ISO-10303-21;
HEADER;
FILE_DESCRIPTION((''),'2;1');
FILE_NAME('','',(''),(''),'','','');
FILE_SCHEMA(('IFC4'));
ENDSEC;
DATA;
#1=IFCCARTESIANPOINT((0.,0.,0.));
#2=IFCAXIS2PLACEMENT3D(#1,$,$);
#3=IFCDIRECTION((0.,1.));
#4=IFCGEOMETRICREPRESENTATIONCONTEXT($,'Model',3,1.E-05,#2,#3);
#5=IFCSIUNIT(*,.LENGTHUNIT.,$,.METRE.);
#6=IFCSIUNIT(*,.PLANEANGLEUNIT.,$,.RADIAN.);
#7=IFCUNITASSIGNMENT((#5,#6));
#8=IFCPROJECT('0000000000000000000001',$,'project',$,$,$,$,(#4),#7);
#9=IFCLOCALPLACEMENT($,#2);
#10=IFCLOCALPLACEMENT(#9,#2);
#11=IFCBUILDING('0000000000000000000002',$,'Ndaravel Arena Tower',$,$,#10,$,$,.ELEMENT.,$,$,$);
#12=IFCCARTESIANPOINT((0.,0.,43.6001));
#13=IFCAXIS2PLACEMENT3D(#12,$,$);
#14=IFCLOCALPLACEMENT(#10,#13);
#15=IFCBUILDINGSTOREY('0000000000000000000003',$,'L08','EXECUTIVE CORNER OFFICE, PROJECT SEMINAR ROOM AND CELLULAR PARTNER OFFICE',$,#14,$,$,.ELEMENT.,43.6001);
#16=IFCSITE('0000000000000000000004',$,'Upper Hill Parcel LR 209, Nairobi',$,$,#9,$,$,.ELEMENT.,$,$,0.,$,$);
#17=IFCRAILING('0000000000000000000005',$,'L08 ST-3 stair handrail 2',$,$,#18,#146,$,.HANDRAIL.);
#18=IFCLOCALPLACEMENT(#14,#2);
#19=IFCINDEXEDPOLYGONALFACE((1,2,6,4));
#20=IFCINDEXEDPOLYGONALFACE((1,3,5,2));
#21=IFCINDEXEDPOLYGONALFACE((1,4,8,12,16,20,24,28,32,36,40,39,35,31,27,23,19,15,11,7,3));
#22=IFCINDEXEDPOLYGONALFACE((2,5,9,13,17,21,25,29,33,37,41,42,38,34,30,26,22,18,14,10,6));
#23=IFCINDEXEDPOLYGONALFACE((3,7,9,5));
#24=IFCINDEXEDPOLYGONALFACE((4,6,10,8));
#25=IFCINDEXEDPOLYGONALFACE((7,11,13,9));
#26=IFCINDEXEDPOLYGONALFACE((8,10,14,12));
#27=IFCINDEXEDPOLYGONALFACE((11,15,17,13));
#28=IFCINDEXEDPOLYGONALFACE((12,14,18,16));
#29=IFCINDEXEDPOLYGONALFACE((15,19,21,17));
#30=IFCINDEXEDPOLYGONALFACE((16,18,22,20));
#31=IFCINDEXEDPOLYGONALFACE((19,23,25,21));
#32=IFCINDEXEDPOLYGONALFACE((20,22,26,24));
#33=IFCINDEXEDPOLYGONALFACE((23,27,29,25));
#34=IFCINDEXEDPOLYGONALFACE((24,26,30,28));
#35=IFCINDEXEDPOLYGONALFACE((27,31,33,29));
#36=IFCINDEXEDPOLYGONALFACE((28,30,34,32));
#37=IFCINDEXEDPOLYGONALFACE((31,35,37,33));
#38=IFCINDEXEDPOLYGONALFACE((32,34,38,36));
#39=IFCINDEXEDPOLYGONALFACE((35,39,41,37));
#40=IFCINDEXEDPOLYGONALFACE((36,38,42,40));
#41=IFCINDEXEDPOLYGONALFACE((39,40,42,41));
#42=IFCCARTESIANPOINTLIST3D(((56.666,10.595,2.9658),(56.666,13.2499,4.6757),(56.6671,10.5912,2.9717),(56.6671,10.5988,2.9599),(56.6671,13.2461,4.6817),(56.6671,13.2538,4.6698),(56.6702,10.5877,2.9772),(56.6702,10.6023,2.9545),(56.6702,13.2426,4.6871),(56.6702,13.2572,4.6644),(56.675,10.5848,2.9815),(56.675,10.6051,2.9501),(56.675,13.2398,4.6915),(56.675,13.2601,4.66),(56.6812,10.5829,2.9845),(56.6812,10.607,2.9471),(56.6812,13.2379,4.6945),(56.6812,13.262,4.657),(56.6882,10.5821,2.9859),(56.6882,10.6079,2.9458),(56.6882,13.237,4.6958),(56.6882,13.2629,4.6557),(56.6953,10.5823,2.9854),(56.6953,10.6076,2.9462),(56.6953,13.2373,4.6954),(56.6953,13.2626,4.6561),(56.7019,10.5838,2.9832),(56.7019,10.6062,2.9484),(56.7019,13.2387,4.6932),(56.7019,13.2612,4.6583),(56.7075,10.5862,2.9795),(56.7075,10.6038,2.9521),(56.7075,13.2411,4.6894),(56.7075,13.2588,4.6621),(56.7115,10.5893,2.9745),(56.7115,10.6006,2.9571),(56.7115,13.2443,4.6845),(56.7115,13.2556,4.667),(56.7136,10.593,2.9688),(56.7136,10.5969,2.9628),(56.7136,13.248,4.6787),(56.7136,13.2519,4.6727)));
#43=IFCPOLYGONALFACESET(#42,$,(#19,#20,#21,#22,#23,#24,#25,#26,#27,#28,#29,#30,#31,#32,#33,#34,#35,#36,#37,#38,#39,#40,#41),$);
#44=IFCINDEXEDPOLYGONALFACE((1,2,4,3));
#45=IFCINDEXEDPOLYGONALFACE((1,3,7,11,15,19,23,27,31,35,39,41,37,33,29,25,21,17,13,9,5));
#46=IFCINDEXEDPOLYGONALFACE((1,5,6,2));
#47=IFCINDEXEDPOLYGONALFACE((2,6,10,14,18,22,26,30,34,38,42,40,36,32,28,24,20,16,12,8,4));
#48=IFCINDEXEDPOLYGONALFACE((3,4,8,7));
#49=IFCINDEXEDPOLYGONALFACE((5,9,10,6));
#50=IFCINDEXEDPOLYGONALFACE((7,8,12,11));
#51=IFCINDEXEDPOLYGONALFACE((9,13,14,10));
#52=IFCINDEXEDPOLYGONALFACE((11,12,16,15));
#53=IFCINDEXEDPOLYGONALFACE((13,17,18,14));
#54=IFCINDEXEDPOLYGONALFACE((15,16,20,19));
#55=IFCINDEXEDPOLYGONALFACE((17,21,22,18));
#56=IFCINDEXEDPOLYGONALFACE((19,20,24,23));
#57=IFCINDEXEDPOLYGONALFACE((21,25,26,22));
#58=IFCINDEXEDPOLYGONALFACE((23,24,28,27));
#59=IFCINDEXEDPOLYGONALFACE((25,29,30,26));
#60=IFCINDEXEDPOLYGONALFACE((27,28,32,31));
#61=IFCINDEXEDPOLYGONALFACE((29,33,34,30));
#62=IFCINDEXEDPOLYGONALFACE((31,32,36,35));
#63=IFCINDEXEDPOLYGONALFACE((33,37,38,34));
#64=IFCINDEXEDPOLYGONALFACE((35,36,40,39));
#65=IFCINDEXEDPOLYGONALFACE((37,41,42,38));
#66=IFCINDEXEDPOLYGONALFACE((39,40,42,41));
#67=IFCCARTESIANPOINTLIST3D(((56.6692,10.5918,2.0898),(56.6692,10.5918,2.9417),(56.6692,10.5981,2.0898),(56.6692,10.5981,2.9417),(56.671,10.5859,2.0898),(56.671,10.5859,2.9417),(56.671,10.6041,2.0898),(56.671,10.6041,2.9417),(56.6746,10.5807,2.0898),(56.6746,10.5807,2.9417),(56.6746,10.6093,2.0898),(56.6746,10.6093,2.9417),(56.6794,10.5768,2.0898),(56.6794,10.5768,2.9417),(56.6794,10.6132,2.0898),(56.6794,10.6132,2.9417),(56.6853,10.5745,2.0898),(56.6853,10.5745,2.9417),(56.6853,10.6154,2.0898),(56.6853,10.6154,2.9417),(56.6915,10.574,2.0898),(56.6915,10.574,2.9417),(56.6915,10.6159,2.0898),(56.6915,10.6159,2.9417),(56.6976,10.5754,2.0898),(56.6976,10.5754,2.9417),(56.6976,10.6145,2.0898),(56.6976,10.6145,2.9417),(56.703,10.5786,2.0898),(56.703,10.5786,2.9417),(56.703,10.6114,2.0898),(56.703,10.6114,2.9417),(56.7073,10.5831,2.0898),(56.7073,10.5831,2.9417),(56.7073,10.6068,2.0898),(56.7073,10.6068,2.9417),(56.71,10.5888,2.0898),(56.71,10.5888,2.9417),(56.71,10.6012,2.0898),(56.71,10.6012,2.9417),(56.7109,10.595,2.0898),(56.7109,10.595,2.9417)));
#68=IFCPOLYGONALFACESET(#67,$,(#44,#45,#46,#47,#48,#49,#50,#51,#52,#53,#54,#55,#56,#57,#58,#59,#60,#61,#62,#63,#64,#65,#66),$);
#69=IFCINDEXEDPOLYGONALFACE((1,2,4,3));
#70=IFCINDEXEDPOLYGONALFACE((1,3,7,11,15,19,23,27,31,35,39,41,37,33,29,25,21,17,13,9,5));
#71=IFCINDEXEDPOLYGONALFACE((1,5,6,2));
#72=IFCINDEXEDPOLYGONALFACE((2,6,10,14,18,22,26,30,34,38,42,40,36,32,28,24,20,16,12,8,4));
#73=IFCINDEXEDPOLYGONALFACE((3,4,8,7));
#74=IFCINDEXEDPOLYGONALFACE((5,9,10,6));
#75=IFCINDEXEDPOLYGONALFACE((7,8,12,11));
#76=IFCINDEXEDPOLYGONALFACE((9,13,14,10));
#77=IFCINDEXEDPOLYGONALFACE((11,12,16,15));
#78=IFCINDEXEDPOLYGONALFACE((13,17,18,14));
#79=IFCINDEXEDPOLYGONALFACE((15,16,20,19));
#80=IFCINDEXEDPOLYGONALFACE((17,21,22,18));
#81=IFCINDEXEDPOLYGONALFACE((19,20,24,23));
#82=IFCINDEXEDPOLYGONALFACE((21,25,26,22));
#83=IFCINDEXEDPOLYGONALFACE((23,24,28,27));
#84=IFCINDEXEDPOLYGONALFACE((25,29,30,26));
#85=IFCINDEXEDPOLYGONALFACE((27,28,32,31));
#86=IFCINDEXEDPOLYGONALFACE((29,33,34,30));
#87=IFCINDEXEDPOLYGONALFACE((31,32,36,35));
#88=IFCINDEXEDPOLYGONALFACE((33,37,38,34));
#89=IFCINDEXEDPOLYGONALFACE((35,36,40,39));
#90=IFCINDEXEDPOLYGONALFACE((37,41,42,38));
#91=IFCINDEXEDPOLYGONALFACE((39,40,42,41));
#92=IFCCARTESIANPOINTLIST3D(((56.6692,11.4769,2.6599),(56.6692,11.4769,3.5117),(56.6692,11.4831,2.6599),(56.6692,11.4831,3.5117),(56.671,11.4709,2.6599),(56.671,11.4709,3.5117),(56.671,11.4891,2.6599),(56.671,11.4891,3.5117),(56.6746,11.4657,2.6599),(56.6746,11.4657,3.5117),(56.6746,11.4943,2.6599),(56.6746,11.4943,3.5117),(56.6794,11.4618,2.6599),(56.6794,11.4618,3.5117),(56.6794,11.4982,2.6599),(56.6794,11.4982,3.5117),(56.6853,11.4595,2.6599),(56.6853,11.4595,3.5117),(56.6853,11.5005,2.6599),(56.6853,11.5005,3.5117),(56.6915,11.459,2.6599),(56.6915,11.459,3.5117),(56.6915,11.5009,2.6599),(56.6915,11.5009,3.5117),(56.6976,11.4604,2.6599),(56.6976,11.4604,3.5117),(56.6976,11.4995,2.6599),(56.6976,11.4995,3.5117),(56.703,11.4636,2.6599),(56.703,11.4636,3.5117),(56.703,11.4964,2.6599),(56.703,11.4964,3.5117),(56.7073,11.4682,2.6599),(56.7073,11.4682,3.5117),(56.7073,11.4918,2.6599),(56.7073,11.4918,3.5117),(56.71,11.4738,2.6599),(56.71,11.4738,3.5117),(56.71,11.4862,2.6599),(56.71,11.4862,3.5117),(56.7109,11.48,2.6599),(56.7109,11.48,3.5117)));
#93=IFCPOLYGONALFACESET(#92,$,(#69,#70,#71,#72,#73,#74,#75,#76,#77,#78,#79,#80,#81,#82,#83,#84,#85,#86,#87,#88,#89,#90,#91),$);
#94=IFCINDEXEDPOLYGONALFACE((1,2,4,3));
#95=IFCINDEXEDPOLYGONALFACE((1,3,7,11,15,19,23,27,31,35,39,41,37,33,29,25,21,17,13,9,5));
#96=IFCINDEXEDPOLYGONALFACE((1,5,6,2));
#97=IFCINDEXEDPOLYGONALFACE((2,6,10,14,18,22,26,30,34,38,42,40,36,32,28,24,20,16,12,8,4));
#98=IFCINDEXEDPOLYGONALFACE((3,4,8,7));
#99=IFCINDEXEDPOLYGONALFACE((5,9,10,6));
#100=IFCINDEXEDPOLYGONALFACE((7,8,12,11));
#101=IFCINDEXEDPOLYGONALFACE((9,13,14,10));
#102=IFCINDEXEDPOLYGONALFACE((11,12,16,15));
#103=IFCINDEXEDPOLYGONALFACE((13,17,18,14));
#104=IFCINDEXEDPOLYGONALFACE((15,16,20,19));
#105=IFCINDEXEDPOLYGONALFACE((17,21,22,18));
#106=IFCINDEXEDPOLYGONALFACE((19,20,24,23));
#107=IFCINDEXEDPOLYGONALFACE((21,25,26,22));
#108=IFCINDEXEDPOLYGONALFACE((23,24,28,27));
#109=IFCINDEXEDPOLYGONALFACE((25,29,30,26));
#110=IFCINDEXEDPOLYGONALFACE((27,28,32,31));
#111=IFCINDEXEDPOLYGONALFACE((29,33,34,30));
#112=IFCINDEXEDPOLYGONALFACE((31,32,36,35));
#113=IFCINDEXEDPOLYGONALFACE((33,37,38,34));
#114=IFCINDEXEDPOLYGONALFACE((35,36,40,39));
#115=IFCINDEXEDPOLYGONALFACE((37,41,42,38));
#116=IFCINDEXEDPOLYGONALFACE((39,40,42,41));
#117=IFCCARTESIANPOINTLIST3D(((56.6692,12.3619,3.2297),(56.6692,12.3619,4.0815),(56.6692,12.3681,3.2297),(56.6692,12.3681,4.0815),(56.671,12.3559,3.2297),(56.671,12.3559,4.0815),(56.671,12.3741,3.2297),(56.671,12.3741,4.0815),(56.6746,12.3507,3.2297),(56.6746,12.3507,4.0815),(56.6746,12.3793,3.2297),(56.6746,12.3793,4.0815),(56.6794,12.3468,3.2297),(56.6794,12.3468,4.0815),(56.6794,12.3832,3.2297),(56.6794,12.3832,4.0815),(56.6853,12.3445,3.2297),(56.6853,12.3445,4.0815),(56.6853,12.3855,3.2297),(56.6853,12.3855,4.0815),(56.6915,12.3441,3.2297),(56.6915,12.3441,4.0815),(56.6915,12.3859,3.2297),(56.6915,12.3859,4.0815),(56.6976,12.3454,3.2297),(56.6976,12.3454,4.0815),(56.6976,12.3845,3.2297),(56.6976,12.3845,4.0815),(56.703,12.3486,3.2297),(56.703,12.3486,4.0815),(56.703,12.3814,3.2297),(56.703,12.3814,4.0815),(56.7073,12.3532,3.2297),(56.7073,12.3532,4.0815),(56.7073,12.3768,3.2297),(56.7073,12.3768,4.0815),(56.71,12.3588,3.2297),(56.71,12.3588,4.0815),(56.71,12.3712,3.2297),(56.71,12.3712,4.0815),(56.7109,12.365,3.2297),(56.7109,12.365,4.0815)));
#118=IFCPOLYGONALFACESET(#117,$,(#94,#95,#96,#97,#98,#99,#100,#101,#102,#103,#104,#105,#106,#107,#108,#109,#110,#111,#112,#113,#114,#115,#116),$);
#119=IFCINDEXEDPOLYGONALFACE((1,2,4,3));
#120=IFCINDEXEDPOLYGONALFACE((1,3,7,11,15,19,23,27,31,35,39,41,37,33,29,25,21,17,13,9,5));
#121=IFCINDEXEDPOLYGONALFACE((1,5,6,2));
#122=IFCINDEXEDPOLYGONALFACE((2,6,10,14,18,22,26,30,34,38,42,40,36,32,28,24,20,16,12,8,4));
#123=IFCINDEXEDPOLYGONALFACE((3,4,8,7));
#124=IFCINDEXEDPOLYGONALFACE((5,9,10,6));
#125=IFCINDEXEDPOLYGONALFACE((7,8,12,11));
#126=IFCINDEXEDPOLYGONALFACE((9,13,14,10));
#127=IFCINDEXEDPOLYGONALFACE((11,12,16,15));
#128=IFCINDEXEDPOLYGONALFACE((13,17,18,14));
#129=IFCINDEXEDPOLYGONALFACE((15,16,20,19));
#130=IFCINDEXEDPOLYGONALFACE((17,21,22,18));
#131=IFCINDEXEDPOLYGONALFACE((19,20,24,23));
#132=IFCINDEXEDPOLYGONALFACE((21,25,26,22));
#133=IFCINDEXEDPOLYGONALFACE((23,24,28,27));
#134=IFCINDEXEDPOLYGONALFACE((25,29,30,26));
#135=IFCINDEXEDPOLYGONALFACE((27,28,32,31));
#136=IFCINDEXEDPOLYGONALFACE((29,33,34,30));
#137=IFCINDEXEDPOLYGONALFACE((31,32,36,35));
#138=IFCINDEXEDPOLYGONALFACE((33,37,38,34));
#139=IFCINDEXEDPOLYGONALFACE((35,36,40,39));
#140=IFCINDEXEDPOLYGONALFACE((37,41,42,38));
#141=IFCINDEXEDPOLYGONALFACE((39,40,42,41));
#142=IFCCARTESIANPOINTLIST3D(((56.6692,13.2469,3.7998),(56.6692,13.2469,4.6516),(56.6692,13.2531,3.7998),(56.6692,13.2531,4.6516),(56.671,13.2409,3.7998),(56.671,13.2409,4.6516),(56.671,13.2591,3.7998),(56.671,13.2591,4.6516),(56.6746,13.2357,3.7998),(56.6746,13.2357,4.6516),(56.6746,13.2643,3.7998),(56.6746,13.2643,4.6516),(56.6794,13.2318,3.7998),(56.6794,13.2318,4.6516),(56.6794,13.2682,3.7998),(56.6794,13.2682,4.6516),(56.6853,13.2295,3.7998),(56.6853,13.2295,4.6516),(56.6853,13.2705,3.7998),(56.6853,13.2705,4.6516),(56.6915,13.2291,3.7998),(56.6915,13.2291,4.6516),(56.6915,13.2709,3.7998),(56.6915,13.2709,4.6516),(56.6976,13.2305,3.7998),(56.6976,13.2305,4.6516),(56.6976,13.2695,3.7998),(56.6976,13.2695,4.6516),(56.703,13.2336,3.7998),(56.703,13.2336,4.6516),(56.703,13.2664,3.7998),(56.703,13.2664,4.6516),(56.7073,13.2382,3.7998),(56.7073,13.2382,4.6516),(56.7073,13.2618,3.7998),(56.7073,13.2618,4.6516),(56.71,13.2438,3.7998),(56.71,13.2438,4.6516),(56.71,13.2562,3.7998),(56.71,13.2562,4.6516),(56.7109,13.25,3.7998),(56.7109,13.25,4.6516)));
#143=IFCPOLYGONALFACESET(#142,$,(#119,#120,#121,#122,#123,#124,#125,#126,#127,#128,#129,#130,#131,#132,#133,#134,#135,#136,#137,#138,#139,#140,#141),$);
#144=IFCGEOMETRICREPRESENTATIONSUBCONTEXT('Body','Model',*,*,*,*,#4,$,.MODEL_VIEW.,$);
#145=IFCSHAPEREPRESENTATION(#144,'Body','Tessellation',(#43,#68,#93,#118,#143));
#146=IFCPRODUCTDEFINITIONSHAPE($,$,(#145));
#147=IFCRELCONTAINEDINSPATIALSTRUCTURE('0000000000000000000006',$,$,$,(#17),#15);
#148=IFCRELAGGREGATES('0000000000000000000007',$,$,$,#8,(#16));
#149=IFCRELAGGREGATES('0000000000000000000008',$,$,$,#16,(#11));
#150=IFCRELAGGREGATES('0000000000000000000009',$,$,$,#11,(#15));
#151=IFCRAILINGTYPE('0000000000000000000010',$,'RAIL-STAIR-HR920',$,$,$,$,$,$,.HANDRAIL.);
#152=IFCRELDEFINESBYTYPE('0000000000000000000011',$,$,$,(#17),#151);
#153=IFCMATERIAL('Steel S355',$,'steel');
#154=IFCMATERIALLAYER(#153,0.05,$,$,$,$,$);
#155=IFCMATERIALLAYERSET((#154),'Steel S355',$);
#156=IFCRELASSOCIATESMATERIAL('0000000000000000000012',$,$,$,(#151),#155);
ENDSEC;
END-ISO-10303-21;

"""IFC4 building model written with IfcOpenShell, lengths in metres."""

from ifc_helpers import new_model, si_unit, direction, frame, origin, origin_2d, place, context, subcontext, project, spatial, circle, extrude, material, layer, layer_set, type_object, element, save


model = new_model("IFC4")

# Units and contexts
model_context = context("Model", 3, precision=1e-05, world=origin(), true_north=direction((0.0, 1.0)))
body_context = subcontext(model_context, "Body", "Model", "MODEL_VIEW")
ifc_project = project(units=[si_unit("LENGTHUNIT", "METRE"), si_unit("PLANEANGLEUNIT", "RADIAN")], contexts=[model_context])

# Site, building, storey
site_placement = place(None, origin())
site = spatial("IfcSite", under=ifc_project, at=site_placement, Name="Upper Hill Parcel LR 209, Nairobi", CompositionType="ELEMENT", RefElevation=0.0)
building_placement = place(site_placement, origin())
building = spatial("IfcBuilding", under=site, at=building_placement, Name="Ndaravel Arena Tower", CompositionType="ELEMENT")
storey_placement = place(building_placement, frame((0.0, 0.0, 43.6001)))
storey = spatial("IfcBuildingStorey", under=building, at=storey_placement, Name="L08", Description="EXECUTIVE CORNER OFFICE, PROJECT SEMINAR ROOM AND CELLULAR PARTNER OFFICE", CompositionType="ELEMENT", Elevation=43.6001)

# Railing
ifc_material_1 = material(Name="Steel S355", Category="steel")
ifc_layer_1 = layer(ifc_material_1, 0.05)
ifc_layer_set_1 = layer_set([ifc_layer_1], Name="Steel S355")
railing_type_1 = type_object("IfcRailingType", Name="RAIL-STAIR-HR920", PredefinedType="HANDRAIL", material=ifc_layer_set_1)
railing_1_placement = place(storey_placement, frame((56.6899, 10.595, 2.0898)))
element("IfcRailing", 1, at=railing_1_placement, inside=storey, type_object=railing_type_1, Name="L08 ST-3 stair handrail 2", PredefinedType="HANDRAIL", context=body_context, shape_type="SweptSolid", body=[
    extrude(circle(Radius=0.0239, at=origin_2d()), frame((0.0, 0.0, 0.876), z_axis=(0.0, 0.840724, 0.541465), x_axis=(-1.0, 0.0, 0.0)), (0.0, 0.0, 1.0), 3.158),
    extrude(circle(Radius=0.021, at=origin_2d()), origin(), (0.0, 0.0, 1.0), 0.8518),
    extrude(circle(Radius=0.021, at=origin_2d()), frame((0.0, 0.885, 0.5701)), (0.0, 0.0, 1.0), 0.8518),
    extrude(circle(Radius=0.021, at=origin_2d()), frame((0.0, 1.77, 1.1399)), (0.0, 0.0, 1.0), 0.8518),
    extrude(circle(Radius=0.021, at=origin_2d()), frame((0.0, 2.655, 1.71)), (0.0, 0.0, 1.0), 0.8518),
])

save(model, "model.ifc")
